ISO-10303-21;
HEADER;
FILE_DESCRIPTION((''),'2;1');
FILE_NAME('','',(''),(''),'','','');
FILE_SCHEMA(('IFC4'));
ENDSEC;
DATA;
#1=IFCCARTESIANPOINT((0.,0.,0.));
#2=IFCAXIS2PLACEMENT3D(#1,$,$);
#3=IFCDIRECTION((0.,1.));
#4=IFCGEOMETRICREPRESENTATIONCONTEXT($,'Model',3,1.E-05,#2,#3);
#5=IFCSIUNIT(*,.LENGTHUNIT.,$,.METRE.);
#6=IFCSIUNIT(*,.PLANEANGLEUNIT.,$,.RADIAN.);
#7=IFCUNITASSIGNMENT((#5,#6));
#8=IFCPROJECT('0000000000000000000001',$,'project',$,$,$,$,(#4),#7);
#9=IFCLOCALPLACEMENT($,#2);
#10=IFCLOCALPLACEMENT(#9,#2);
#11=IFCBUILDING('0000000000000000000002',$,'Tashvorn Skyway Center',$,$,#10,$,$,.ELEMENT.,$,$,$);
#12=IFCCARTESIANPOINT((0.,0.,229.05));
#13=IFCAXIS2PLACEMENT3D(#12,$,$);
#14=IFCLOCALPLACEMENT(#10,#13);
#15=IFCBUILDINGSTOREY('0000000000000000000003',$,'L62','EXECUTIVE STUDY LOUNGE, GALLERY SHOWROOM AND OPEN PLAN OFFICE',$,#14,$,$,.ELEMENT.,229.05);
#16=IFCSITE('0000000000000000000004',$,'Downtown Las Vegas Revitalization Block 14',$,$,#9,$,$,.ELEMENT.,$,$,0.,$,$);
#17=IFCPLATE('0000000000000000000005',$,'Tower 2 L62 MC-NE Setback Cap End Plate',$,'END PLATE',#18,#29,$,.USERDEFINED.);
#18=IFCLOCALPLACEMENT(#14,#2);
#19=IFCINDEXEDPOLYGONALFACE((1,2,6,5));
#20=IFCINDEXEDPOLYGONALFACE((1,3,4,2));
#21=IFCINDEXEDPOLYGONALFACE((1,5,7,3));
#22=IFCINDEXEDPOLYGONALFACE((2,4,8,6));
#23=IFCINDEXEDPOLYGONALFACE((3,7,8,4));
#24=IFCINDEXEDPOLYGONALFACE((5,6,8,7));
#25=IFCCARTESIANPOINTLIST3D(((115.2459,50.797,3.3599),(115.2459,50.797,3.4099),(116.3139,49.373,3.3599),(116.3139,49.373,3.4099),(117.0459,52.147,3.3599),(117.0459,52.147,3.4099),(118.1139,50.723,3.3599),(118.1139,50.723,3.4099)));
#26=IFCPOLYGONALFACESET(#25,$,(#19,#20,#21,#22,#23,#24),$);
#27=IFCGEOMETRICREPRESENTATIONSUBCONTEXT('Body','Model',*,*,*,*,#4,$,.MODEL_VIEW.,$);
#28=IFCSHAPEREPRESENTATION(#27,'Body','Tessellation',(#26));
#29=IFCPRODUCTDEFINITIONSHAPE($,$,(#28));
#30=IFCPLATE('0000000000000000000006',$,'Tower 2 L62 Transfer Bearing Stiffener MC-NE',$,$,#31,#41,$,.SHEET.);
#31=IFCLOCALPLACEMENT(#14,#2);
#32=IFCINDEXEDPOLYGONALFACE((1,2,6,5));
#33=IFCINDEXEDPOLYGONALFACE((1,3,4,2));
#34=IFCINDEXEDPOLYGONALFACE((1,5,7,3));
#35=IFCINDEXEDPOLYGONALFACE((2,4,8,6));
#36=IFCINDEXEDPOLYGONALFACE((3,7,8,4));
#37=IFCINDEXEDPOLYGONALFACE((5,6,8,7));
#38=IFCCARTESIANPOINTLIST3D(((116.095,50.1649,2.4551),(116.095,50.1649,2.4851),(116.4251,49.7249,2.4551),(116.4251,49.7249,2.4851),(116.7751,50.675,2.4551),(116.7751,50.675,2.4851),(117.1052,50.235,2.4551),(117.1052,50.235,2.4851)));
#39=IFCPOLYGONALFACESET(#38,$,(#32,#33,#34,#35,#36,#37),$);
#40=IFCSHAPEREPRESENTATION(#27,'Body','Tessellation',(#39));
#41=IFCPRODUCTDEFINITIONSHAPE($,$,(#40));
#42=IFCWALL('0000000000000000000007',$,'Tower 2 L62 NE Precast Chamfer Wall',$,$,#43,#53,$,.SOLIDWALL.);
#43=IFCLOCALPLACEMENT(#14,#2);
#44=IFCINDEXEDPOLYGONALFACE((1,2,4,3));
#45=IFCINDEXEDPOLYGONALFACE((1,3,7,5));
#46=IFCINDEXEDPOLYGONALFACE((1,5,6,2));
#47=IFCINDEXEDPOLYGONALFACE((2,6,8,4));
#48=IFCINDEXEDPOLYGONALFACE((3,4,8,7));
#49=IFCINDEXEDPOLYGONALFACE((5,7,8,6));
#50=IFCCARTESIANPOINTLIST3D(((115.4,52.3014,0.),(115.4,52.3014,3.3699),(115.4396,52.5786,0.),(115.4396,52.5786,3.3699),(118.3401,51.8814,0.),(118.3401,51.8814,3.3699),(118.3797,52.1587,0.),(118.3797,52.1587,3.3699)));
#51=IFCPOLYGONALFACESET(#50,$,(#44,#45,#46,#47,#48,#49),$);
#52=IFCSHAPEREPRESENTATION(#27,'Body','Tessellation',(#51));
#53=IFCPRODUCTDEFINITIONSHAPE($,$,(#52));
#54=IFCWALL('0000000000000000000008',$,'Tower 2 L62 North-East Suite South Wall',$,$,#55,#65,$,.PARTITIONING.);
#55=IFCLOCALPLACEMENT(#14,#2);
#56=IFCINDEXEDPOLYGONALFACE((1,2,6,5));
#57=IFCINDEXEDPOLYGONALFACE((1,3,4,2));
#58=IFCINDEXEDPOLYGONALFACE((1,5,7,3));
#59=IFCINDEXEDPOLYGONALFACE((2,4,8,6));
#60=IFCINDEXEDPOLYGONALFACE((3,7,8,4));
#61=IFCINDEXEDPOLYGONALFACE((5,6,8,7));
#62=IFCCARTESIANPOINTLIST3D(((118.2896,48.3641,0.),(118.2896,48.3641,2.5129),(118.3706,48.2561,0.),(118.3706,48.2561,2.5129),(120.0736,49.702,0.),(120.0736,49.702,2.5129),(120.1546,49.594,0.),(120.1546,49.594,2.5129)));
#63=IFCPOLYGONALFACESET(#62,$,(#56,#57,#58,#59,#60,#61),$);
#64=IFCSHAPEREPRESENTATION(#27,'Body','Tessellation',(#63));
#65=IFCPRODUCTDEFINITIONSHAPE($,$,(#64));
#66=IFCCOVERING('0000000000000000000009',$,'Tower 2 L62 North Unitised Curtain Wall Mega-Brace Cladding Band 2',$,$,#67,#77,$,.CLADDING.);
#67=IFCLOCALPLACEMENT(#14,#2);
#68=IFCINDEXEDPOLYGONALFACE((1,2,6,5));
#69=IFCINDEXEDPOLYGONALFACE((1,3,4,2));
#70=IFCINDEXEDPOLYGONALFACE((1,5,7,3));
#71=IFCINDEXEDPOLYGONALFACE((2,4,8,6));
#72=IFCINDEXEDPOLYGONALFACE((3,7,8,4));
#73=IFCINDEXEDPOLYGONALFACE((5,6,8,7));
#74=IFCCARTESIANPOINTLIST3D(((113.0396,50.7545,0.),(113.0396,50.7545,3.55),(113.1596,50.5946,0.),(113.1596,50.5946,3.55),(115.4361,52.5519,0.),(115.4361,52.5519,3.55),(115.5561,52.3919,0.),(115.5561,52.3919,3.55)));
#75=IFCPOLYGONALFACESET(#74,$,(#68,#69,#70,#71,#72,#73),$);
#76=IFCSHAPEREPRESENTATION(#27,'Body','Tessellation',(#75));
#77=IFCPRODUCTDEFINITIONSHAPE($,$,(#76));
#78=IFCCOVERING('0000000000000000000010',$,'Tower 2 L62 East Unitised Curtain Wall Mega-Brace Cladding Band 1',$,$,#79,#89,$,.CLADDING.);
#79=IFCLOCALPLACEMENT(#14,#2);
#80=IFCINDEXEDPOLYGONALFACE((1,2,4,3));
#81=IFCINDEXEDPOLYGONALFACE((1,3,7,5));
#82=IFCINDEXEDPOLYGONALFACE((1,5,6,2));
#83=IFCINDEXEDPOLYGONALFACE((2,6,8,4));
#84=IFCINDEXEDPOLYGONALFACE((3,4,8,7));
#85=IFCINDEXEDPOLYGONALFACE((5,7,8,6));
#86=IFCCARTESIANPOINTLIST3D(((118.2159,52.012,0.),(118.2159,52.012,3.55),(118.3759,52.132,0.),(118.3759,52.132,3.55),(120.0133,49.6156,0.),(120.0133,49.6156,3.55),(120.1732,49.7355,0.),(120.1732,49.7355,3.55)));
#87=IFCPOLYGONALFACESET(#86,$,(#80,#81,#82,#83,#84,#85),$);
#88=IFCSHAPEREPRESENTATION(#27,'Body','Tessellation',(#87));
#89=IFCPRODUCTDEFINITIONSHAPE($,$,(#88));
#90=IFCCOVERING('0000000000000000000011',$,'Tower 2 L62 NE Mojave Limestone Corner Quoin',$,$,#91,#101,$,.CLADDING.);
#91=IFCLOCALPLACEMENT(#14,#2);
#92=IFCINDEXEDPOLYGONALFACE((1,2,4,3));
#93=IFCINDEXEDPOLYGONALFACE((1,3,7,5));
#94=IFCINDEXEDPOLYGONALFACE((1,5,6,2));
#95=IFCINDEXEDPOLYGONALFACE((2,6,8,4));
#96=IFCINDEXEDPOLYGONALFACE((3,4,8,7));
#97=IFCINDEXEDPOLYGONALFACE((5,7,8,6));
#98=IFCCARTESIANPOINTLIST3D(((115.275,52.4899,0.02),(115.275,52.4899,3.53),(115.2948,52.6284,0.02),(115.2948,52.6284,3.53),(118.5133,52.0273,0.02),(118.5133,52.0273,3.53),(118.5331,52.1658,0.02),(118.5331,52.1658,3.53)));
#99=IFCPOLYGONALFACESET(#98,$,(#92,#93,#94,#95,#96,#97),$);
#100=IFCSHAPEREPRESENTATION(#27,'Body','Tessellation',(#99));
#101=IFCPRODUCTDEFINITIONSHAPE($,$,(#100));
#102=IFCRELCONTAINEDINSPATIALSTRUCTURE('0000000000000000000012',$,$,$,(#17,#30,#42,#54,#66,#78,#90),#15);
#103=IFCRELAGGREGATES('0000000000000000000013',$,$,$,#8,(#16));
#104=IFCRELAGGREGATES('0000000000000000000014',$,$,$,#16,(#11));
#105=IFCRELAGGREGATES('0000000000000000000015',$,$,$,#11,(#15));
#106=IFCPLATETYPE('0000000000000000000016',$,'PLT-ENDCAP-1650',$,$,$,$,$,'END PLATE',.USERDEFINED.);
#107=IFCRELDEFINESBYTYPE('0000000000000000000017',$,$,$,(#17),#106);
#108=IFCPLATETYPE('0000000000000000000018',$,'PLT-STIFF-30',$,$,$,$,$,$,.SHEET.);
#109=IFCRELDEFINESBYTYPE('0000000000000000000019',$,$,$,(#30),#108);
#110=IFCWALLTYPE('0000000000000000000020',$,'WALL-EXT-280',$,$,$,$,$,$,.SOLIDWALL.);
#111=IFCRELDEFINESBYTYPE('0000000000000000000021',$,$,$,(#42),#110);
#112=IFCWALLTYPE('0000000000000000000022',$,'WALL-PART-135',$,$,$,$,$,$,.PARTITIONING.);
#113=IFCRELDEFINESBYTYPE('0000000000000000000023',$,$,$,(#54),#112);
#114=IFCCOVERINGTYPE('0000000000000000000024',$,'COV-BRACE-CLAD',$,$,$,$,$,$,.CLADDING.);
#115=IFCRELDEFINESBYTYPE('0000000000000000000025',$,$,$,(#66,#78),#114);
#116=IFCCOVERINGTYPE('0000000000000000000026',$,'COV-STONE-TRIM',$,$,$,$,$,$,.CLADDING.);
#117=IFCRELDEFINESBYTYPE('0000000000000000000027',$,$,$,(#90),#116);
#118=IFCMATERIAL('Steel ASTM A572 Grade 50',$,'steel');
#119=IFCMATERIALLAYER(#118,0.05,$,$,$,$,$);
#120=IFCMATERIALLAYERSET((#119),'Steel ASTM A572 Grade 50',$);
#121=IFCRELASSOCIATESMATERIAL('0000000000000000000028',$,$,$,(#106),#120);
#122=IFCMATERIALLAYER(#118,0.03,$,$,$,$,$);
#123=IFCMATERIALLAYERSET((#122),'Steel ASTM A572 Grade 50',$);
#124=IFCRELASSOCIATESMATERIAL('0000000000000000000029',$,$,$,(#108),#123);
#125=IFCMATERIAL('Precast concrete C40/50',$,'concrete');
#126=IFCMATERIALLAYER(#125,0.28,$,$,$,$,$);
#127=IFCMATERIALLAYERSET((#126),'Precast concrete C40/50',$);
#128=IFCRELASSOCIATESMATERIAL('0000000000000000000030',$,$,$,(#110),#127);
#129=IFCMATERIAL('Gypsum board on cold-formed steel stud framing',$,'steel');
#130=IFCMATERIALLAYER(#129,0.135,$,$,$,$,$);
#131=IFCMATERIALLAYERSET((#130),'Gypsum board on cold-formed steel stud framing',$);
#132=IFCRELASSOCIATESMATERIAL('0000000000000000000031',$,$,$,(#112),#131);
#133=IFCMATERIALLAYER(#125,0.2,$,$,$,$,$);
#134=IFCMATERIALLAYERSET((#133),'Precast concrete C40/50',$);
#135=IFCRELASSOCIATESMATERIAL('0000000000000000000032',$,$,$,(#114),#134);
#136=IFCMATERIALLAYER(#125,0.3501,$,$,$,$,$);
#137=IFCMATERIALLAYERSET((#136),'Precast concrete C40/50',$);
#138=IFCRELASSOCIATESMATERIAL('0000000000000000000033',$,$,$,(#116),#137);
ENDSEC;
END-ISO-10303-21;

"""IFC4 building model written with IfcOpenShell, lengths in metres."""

from ifc_helpers import new_model, si_unit, direction, frame, frame_2d, origin, origin_2d, place, context, subcontext, project, spatial, rectangle, extrude, material, layer, layer_set, type_object, element, save


model = new_model("IFC4")

# Units and contexts
model_context = context("Model", 3, precision=1e-05, world=origin(), true_north=direction((0.0, 1.0)))
body_context = subcontext(model_context, "Body", "Model", "MODEL_VIEW")
ifc_project = project(units=[si_unit("LENGTHUNIT", "METRE"), si_unit("PLANEANGLEUNIT", "RADIAN")], contexts=[model_context])

# Site, building, storey
site_placement = place(None, origin())
site = spatial("IfcSite", under=ifc_project, at=site_placement, Name="Downtown Las Vegas Revitalization Block 14", CompositionType="ELEMENT", RefElevation=0.0)
building_placement = place(site_placement, origin())
building = spatial("IfcBuilding", under=site, at=building_placement, Name="Tashvorn Skyway Center", CompositionType="ELEMENT")
storey_placement = place(building_placement, frame((0.0, 0.0, 229.05)))
storey = spatial("IfcBuildingStorey", under=building, at=storey_placement, Name="L62", Description="EXECUTIVE STUDY LOUNGE, GALLERY SHOWROOM AND OPEN PLAN OFFICE", CompositionType="ELEMENT", Elevation=229.05)

# Shared definitions
ifc_material_1 = material(Name="Steel ASTM A572 Grade 50", Category="steel")

# Plates
ifc_layer_1 = layer(ifc_material_1, 0.05)
ifc_layer_set_1 = layer_set([ifc_layer_1], Name="Steel ASTM A572 Grade 50")
plate_type_1 = type_object("IfcPlateType", Name="PLT-ENDCAP-1650", ElementType="END PLATE", PredefinedType="USERDEFINED", material=ifc_layer_set_1)
plate_1_placement = place(storey_placement, frame((116.6799, 50.76, 3.3599), z_axis=(0.0, 0.0, 1.0), x_axis=(0.8, 0.6, 0.0)))
element("IfcPlate", 1, at=plate_1_placement, inside=storey, type_object=plate_type_1, Name="Tower 2 L62 MC-NE Setback Cap End Plate", ObjectType="END PLATE", PredefinedType="USERDEFINED", context=body_context, shape_type="SweptSolid", body=[
    extrude(rectangle(XDim=2.25, YDim=1.78, at=origin_2d()), origin(), (0.0, 0.0, 1.0), 0.05),
])
ifc_layer_2 = layer(ifc_material_1, 0.03)
ifc_layer_set_2 = layer_set([ifc_layer_2], Name="Steel ASTM A572 Grade 50")
plate_type_2 = type_object("IfcPlateType", Name="PLT-STIFF-30", PredefinedType="SHEET", material=ifc_layer_set_2)
plate_2_placement = place(storey_placement, frame((116.6001, 50.2, 2.4551), z_axis=(0.0, 0.0, 1.0), x_axis=(0.8, 0.6, 0.0)))
element("IfcPlate", 2, at=plate_2_placement, inside=storey, type_object=plate_type_2, Name="Tower 2 L62 Transfer Bearing Stiffener MC-NE", PredefinedType="SHEET", context=body_context, shape_type="SweptSolid", body=[
    extrude(rectangle(XDim=0.8501, YDim=0.55, at=origin_2d()), origin(), (0.0, 0.0, 1.0), 0.03),
])

# Walls
ifc_material_2 = material(Name="Precast concrete C40/50", Category="concrete")
ifc_layer_3 = layer(ifc_material_2, 0.28)
ifc_layer_set_3 = layer_set([ifc_layer_3], Name="Precast concrete C40/50")
wall_type_1 = type_object("IfcWallType", Name="WALL-EXT-280", PredefinedType="SOLIDWALL", material=ifc_layer_set_3)
wall_1_placement = place(storey_placement, frame((115.4199, 52.4399, 0.0), z_axis=(0.0, 0.0, 1.0), x_axis=(0.989954, -0.141387, 0.0)))
element("IfcWall", 3, at=wall_1_placement, inside=storey, type_object=wall_type_1, Name="Tower 2 L62 NE Precast Chamfer Wall", PredefinedType="SOLIDWALL", context=body_context, shape_type="SweptSolid", body=[
    extrude(rectangle(XDim=2.97, YDim=0.28, at=frame_2d((1.4849, 0.0))), origin(), (0.0, 0.0, 1.0), 3.3699),
])
ifc_material_3 = material(Name="Gypsum board on cold-formed steel stud framing", Category="steel")
ifc_layer_4 = layer(ifc_material_3, 0.135)
ifc_layer_set_4 = layer_set([ifc_layer_4], Name="Gypsum board on cold-formed steel stud framing")
wall_type_2 = type_object("IfcWallType", Name="WALL-PART-135", PredefinedType="PARTITIONING", material=ifc_layer_set_4)
wall_2_placement = place(storey_placement, frame((118.3301, 48.3101, 0.0), z_axis=(0.0, 0.0, 1.0), x_axis=(0.800013, 0.599982, 0.0)))
element("IfcWall", 4, at=wall_2_placement, inside=storey, type_object=wall_type_2, Name="Tower 2 L62 North-East Suite South Wall", PredefinedType="PARTITIONING", context=body_context, shape_type="SweptSolid", body=[
    extrude(rectangle(XDim=2.23, YDim=0.135, at=frame_2d((1.115, 0.0))), origin(), (0.0, 0.0, 1.0), 2.5129),
])

# Coverings
ifc_layer_5 = layer(ifc_material_2, 0.2)
ifc_layer_set_5 = layer_set([ifc_layer_5], Name="Precast concrete C40/50")
covering_type_1 = type_object("IfcCoveringType", Name="COV-BRACE-CLAD", PredefinedType="CLADDING", material=ifc_layer_set_5)
for number, where, z_axis, x_axis, name in (
    (5, (114.2979, 51.5732, 0.0), (0.0, 0.0, 1.0), (0.8, 0.6, 0.0), "Tower 2 L62 North Unitised Curtain Wall Mega-Brace Cladding Band 2"),
    (6, (119.1946, 50.8738, 0.0), (0.0, 0.0, 1.0), (0.6, -0.8, 0.0), "Tower 2 L62 East Unitised Curtain Wall Mega-Brace Cladding Band 1"),
):
    element("IfcCovering", number, at=place(storey_placement, frame(where, z_axis=z_axis, x_axis=x_axis)), inside=storey, type_object=covering_type_1, Name=name, PredefinedType="CLADDING", context=body_context, shape_type="SweptSolid", body=[
        extrude(rectangle(XDim=2.9956, YDim=0.2, at=origin_2d()), origin(), (0.0, 0.0, 1.0), 3.55),
    ])
ifc_layer_6 = layer(ifc_material_2, 0.3501)
ifc_layer_set_6 = layer_set([ifc_layer_6], Name="Precast concrete C40/50")
covering_type_2 = type_object("IfcCoveringType", Name="COV-STONE-TRIM", PredefinedType="CLADDING", material=ifc_layer_set_6)
covering_placement = place(storey_placement, frame((116.9041, 52.3279, 0.02), z_axis=(0.0, 0.0, 1.0), x_axis=(0.989949, -0.141421, 0.0)))
element("IfcCovering", 7, at=covering_placement, inside=storey, type_object=covering_type_2, Name="Tower 2 L62 NE Mojave Limestone Corner Quoin", PredefinedType="CLADDING", context=body_context, shape_type="SweptSolid", body=[
    extrude(rectangle(XDim=3.2712, YDim=0.1399, at=origin_2d()), origin(), (0.0, 0.0, 1.0), 3.51),
])

save(model, "model.ifc")
